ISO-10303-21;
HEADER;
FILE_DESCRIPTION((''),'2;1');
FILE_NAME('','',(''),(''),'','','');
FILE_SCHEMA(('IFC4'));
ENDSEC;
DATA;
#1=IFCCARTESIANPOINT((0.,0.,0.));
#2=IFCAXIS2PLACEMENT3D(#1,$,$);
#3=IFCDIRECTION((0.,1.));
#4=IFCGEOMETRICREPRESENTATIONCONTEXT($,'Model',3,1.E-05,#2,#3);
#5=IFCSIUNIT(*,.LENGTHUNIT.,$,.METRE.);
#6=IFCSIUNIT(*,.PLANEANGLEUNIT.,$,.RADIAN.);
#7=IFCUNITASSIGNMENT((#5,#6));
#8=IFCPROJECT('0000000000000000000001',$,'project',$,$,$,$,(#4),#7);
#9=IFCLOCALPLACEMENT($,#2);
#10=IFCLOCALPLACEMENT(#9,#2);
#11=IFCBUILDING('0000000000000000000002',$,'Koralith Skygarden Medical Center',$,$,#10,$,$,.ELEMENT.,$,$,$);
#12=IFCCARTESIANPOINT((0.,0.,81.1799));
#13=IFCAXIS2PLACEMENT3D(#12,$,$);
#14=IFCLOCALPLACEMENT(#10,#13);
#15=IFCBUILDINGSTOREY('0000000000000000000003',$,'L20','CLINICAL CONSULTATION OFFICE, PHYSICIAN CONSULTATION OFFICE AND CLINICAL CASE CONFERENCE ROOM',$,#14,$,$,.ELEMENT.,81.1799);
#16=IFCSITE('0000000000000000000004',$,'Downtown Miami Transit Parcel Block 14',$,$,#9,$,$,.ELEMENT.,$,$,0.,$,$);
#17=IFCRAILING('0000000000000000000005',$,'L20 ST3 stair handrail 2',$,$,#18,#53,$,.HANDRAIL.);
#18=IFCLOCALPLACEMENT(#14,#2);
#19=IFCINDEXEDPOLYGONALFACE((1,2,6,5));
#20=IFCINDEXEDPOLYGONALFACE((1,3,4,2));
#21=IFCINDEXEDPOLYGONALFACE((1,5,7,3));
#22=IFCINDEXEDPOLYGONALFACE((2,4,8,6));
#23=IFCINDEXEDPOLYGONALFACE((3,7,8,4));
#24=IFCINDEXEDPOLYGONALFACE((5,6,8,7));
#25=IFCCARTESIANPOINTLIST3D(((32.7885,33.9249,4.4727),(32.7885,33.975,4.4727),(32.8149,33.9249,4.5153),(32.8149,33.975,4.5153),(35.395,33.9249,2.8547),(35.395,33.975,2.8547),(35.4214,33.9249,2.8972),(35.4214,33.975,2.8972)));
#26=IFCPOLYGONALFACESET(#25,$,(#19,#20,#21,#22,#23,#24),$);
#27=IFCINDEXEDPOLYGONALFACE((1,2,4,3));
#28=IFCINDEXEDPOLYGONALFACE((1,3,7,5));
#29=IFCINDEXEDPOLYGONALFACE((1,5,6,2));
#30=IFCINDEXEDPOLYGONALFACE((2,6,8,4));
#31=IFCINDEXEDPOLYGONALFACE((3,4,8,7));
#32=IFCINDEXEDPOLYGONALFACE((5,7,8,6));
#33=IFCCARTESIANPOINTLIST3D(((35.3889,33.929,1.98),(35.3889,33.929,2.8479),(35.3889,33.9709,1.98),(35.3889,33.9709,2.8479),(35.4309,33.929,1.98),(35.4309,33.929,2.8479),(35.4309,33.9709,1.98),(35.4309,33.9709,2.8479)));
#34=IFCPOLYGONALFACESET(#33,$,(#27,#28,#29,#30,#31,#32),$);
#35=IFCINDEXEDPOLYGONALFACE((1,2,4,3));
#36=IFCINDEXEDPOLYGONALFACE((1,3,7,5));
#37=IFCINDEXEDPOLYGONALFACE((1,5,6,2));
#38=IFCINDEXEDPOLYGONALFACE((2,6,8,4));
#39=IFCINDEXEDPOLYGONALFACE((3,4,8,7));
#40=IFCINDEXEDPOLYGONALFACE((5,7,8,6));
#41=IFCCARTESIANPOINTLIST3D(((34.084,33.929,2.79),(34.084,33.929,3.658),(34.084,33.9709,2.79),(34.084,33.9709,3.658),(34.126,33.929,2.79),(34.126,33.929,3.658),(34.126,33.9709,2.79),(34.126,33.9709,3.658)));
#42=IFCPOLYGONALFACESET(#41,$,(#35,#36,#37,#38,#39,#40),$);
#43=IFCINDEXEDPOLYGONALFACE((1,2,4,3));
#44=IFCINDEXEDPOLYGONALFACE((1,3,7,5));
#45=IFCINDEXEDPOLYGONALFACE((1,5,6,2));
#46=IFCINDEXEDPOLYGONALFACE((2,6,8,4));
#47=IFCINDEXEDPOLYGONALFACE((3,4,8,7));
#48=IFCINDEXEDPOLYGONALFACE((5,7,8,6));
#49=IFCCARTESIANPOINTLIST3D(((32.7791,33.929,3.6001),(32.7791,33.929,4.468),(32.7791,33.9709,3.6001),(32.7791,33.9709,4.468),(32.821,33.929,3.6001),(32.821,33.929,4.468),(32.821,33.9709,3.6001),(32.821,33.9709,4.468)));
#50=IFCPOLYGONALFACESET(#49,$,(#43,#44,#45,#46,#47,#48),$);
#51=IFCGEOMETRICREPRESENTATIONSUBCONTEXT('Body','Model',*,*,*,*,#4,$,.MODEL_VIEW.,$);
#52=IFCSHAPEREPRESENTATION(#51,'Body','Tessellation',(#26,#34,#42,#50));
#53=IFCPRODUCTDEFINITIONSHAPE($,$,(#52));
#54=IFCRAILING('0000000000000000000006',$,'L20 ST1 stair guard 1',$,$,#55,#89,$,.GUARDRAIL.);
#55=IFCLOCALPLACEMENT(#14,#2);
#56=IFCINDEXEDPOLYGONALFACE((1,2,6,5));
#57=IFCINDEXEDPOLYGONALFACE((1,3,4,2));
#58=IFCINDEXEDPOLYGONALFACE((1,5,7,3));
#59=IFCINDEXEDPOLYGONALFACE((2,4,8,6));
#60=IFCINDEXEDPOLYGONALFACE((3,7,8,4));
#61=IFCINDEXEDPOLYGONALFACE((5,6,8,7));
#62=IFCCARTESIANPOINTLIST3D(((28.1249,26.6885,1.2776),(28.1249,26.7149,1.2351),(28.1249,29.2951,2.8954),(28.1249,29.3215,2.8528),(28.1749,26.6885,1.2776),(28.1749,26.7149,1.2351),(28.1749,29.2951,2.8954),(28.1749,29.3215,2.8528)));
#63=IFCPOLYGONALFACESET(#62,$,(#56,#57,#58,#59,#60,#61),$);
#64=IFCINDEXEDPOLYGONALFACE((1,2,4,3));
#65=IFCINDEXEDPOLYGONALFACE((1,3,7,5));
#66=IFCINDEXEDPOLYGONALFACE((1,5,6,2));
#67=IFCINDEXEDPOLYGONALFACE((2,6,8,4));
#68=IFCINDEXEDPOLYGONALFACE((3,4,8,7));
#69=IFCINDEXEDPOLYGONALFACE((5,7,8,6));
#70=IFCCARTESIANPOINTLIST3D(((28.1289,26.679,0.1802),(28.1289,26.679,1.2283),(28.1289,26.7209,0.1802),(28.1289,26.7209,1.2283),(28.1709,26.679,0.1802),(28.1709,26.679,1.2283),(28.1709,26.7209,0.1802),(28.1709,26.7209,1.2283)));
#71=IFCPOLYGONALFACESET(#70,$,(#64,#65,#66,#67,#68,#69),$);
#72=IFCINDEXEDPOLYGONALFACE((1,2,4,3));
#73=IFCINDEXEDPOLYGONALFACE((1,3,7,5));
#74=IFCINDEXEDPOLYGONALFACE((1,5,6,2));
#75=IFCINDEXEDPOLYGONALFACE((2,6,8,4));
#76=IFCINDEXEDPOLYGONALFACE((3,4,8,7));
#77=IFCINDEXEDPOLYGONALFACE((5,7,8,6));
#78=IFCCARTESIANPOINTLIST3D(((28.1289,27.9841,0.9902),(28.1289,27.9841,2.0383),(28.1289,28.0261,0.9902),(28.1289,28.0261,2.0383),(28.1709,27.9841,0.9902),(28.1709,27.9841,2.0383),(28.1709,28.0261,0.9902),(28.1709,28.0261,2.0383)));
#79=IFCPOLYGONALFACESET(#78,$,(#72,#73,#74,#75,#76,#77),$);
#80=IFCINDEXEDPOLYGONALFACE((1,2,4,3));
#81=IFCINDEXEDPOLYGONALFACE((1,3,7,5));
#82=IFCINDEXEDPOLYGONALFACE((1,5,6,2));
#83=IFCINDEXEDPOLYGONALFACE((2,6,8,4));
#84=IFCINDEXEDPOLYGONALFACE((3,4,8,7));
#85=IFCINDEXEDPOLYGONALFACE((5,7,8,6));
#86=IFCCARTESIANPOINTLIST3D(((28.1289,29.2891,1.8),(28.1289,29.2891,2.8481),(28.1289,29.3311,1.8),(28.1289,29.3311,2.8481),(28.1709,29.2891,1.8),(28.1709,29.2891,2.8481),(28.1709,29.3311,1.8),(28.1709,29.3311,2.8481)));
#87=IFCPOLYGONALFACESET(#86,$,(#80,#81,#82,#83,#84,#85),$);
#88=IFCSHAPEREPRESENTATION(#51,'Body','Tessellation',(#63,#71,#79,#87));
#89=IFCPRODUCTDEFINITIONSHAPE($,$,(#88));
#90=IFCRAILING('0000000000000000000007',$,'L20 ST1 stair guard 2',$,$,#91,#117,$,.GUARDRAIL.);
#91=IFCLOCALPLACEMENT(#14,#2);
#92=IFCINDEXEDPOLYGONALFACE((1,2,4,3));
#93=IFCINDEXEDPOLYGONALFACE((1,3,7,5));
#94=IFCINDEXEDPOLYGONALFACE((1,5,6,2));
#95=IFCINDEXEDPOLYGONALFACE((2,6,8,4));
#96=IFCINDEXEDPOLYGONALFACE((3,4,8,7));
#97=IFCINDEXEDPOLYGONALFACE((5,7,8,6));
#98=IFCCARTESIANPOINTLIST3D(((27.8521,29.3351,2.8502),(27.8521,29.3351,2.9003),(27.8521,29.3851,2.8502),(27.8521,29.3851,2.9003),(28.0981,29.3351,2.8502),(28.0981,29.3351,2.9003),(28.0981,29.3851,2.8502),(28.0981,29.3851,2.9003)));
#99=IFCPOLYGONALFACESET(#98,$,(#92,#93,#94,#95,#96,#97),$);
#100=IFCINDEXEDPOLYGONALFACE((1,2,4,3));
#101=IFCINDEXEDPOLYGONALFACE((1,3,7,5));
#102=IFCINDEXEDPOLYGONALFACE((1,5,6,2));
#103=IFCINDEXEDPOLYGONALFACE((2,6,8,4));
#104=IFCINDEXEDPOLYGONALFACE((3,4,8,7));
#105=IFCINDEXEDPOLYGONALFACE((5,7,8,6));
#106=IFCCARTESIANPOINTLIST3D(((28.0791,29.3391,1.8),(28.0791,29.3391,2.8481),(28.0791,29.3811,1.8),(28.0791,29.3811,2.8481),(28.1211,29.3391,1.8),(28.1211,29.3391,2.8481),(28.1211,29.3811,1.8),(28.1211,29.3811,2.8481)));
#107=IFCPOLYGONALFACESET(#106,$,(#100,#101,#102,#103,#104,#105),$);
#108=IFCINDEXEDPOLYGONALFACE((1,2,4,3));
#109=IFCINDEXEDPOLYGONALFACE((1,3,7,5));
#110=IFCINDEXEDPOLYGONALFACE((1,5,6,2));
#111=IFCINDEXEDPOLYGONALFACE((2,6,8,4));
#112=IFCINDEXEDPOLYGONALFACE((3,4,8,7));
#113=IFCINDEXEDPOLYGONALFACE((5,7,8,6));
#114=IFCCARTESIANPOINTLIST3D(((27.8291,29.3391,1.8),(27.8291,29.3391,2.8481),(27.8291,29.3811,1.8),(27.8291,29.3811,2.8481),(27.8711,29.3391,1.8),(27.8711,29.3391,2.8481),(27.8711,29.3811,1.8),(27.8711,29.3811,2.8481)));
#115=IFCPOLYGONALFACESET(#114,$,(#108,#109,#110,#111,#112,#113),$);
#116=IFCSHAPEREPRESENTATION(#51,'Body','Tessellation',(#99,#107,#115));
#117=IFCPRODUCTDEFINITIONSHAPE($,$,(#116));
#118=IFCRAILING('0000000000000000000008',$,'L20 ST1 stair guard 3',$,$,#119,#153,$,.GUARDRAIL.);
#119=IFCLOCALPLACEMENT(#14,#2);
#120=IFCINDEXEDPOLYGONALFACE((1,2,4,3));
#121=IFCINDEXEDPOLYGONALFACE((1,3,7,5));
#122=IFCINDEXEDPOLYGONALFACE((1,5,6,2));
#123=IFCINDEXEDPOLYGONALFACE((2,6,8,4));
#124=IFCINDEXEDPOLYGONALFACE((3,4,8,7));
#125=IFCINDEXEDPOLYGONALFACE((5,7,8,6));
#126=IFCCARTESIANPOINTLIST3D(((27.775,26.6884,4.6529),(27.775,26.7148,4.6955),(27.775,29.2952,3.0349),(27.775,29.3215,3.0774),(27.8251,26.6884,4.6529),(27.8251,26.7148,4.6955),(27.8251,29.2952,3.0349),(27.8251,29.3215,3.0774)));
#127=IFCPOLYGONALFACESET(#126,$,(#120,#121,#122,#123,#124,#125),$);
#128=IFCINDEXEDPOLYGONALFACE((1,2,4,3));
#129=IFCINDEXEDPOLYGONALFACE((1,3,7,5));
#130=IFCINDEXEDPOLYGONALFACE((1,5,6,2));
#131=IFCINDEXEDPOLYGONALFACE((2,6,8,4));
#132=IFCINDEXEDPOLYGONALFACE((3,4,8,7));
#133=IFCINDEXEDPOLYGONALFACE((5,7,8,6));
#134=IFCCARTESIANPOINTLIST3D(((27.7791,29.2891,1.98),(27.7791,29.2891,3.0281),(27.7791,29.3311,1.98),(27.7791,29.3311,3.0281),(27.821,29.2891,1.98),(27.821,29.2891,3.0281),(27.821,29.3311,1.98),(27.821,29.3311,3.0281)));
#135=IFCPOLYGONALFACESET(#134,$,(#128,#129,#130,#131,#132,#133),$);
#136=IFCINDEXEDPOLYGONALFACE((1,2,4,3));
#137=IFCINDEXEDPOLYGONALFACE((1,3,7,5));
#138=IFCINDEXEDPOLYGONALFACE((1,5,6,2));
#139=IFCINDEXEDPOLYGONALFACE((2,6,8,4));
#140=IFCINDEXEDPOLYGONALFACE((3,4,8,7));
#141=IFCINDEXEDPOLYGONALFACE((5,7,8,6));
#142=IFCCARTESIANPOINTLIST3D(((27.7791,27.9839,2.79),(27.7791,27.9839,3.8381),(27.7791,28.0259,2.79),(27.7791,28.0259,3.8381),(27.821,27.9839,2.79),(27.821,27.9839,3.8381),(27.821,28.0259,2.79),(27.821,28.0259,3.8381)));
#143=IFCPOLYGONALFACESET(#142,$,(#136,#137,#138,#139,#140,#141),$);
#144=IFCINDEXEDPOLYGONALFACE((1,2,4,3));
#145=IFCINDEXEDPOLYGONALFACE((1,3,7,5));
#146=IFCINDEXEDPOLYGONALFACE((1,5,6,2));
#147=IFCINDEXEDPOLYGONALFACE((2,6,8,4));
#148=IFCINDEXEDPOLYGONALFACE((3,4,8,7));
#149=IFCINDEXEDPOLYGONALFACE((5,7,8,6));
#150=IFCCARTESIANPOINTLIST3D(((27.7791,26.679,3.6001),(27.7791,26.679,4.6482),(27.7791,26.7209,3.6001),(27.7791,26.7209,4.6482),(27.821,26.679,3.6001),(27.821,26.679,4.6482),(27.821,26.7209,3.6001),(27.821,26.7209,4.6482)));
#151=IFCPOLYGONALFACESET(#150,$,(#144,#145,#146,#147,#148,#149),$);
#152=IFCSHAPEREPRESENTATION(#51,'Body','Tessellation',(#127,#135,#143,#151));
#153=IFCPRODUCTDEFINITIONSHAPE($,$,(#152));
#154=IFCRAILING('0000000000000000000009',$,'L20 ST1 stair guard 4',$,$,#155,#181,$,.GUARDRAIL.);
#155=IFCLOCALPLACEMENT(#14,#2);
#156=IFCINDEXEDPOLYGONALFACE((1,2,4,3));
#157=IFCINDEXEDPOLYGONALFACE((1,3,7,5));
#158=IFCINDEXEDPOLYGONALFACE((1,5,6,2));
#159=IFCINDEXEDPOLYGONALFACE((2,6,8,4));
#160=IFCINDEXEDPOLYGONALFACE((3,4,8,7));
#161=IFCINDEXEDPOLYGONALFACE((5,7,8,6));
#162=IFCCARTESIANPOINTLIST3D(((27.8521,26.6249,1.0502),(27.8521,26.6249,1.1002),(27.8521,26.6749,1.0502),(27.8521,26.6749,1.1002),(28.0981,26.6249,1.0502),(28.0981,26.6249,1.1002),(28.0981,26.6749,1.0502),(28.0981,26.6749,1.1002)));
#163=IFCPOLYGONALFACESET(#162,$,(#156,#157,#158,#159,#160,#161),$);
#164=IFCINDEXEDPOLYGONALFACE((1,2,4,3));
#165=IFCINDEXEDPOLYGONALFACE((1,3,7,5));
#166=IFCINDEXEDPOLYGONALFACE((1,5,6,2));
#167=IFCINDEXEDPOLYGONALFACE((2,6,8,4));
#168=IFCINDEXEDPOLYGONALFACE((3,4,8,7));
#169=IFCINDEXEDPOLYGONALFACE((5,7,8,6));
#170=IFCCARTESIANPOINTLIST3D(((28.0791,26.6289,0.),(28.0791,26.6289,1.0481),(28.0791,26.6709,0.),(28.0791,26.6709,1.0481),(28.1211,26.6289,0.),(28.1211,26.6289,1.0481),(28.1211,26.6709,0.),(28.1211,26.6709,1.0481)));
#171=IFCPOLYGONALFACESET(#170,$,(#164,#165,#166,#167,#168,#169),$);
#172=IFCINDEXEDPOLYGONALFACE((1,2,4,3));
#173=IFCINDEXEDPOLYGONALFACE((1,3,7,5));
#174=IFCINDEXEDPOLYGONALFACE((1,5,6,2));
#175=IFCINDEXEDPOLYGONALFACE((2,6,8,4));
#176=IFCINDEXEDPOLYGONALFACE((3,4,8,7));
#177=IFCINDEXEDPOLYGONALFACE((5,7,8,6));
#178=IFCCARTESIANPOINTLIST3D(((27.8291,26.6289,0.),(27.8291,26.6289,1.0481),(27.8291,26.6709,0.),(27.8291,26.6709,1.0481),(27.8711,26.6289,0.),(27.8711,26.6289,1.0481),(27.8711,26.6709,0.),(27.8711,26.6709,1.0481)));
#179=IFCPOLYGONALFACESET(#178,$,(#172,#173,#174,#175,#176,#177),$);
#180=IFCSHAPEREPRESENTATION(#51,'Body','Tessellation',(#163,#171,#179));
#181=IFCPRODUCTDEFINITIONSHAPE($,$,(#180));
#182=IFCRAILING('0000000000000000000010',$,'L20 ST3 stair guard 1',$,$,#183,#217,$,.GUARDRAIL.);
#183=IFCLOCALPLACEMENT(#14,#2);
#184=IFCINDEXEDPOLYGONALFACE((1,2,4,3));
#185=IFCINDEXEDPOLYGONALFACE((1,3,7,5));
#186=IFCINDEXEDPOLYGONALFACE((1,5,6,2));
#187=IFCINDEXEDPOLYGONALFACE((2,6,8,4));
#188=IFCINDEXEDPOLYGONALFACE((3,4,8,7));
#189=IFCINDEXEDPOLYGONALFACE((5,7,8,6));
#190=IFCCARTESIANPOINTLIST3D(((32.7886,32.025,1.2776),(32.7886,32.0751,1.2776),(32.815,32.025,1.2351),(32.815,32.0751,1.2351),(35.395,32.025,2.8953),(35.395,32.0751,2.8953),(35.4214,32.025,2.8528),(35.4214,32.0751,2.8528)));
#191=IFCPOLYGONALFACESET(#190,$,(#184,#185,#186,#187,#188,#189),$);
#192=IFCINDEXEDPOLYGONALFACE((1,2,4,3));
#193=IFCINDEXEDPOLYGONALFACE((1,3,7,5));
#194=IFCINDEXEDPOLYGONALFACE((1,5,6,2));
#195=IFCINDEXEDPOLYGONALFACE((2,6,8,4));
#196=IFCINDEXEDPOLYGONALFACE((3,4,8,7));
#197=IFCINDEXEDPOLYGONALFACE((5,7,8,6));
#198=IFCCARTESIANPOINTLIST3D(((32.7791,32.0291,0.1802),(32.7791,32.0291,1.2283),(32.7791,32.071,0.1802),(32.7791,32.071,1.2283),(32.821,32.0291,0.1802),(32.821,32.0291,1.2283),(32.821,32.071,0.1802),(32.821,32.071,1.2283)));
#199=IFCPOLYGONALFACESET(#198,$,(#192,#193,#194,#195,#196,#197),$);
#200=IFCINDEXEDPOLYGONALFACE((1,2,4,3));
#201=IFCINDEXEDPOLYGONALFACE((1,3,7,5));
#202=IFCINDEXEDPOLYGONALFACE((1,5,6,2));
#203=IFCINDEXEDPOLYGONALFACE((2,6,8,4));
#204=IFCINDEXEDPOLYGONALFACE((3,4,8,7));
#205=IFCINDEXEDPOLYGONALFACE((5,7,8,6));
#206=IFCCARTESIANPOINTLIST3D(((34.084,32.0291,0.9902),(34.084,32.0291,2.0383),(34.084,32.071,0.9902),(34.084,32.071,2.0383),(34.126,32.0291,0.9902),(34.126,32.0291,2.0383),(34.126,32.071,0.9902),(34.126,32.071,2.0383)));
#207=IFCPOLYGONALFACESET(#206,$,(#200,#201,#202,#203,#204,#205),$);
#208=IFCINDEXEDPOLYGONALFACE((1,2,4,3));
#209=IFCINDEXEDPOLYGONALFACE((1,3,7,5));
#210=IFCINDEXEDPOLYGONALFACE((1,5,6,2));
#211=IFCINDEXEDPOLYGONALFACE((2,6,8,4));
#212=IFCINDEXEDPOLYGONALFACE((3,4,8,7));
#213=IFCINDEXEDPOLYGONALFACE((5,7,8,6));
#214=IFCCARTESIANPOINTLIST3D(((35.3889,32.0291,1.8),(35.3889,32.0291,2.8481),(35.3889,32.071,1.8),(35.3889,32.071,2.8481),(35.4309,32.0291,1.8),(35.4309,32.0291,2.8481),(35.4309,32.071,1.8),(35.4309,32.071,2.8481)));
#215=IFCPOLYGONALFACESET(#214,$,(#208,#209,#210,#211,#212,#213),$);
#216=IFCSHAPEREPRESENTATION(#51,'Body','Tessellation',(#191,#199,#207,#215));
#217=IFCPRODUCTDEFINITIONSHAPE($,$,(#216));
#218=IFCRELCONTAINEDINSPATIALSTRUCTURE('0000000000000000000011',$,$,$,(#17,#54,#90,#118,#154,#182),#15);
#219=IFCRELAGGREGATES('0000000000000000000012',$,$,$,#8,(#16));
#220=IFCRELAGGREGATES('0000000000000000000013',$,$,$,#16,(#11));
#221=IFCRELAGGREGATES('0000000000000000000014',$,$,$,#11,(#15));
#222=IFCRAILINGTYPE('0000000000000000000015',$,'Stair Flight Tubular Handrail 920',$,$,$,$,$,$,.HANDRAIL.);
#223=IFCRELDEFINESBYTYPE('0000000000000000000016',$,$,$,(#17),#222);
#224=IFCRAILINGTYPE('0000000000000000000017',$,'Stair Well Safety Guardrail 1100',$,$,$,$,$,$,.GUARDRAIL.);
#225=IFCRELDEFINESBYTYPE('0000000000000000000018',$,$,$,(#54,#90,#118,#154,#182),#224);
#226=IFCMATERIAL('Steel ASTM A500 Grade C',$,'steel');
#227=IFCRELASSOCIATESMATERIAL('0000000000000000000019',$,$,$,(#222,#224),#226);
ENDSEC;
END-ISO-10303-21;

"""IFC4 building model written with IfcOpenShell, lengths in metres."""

from ifc_helpers import new_model, si_unit, direction, frame, origin, origin_2d, place, context, subcontext, project, spatial, rectangle, extrude, material, type_object, element, save


model = new_model("IFC4")

# Units and contexts
model_context = context("Model", 3, precision=1e-05, world=origin(), true_north=direction((0.0, 1.0)))
body_context = subcontext(model_context, "Body", "Model", "MODEL_VIEW")
ifc_project = project(units=[si_unit("LENGTHUNIT", "METRE"), si_unit("PLANEANGLEUNIT", "RADIAN")], contexts=[model_context])

# Site, building, storey
site_placement = place(None, origin())
site = spatial("IfcSite", under=ifc_project, at=site_placement, Name="Downtown Miami Transit Parcel Block 14", CompositionType="ELEMENT", RefElevation=0.0)
building_placement = place(site_placement, origin())
building = spatial("IfcBuilding", under=site, at=building_placement, Name="Koralith Skygarden Medical Center", CompositionType="ELEMENT")
storey_placement = place(building_placement, frame((0.0, 0.0, 81.1799)))
storey = spatial("IfcBuildingStorey", under=building, at=storey_placement, Name="L20", Description="CLINICAL CONSULTATION OFFICE, PHYSICIAN CONSULTATION OFFICE AND CLINICAL CASE CONFERENCE ROOM", CompositionType="ELEMENT", Elevation=81.1799)

# Railings
ifc_material_1 = material(Name="Steel ASTM A500 Grade C", Category="steel")
railing_type_1 = type_object("IfcRailingType", Name="Stair Flight Tubular Handrail 920", PredefinedType="HANDRAIL", material=ifc_material_1)
railing_1_placement = place(storey_placement, frame((35.4099, 33.95, 1.98)))
element("IfcRailing", 1, at=railing_1_placement, inside=storey, type_object=railing_type_1, Name="L20 ST3 stair handrail 2", PredefinedType="HANDRAIL", context=body_context, shape_type="SweptSolid", body=[
    extrude(rectangle(XDim=0.05, YDim=0.05, at=origin_2d()), frame((-0.0017, 0.0, 0.896), z_axis=(-0.849611, 0.0, 0.52741), x_axis=(0.0, -1.0, 0.0)), (0.0, 0.0, 1.0), 3.0679),
    extrude(rectangle(XDim=0.042, YDim=0.042, at=origin_2d()), origin(), (0.0, 0.0, 1.0), 0.8679),
    extrude(rectangle(XDim=0.042, YDim=0.042, at=origin_2d()), frame((-1.3049, 0.0, 0.8101)), (0.0, 0.0, 1.0), 0.8679),
    extrude(rectangle(XDim=0.042, YDim=0.042, at=origin_2d()), frame((-2.6099, 0.0, 1.6201)), (0.0, 0.0, 1.0), 0.8679),
])
railing_type_2 = type_object("IfcRailingType", Name="Stair Well Safety Guardrail 1100", PredefinedType="GUARDRAIL", material=ifc_material_1)
railing_2_placement = place(storey_placement, frame((28.1499, 26.7, 0.1802)))
element("IfcRailing", 2, at=railing_2_placement, inside=storey, type_object=railing_type_2, Name="L20 ST1 stair guard 1", PredefinedType="GUARDRAIL", context=body_context, shape_type="SweptSolid", body=[
    extrude(rectangle(XDim=0.05, YDim=0.05, at=origin_2d()), frame((0.0, 0.0017, 1.0762), z_axis=(0.0, 0.849668, 0.527317), x_axis=(-1.0, 0.0, 0.0)), (0.0, 0.0, 1.0), 3.0679),
    extrude(rectangle(XDim=0.042, YDim=0.042, at=origin_2d()), origin(), (0.0, 0.0, 1.0), 1.0481),
    extrude(rectangle(XDim=0.042, YDim=0.042, at=origin_2d()), frame((0.0, 1.3052, 0.8101)), (0.0, 0.0, 1.0), 1.0481),
    extrude(rectangle(XDim=0.042, YDim=0.042, at=origin_2d()), frame((0.0, 2.6101, 1.6199)), (0.0, 0.0, 1.0), 1.0481),
])
railing_3_placement = place(storey_placement, frame((28.1001, 29.3601, 1.8)))
element("IfcRailing", 3, at=railing_3_placement, inside=storey, type_object=railing_type_2, Name="L20 ST1 stair guard 2", PredefinedType="GUARDRAIL", context=body_context, shape_type="SweptSolid", body=[
    extrude(rectangle(XDim=0.05, YDim=0.05, at=origin_2d()), frame((-0.002, 0.0, 1.0752), z_axis=(-1.0, 0.0, 0.0), x_axis=(0.0, -1.0, 0.0)), (0.0, 0.0, 1.0), 0.2461),
    extrude(rectangle(XDim=0.042, YDim=0.042, at=origin_2d()), origin(), (0.0, 0.0, 1.0), 1.0481),
    extrude(rectangle(XDim=0.042, YDim=0.042, at=origin_2d()), frame((-0.25, 0.0, 0.0)), (0.0, 0.0, 1.0), 1.0481),
])
railing_4_placement = place(storey_placement, frame((27.8, 29.3101, 1.98)))
element("IfcRailing", 4, at=railing_4_placement, inside=storey, type_object=railing_type_2, Name="L20 ST1 stair guard 3", PredefinedType="GUARDRAIL", context=body_context, shape_type="SweptSolid", body=[
    extrude(rectangle(XDim=0.05, YDim=0.05, at=origin_2d()), frame((0.0, -0.0017, 1.0762), z_axis=(0.0, -0.849633, 0.527375), x_axis=(1.0, 0.0, 0.0)), (0.0, 0.0, 1.0), 3.0681),
    extrude(rectangle(XDim=0.042, YDim=0.042, at=origin_2d()), origin(), (0.0, 0.0, 1.0), 1.0481),
    extrude(rectangle(XDim=0.042, YDim=0.042, at=origin_2d()), frame((0.0, -1.3052, 0.8101)), (0.0, 0.0, 1.0), 1.0481),
    extrude(rectangle(XDim=0.042, YDim=0.042, at=origin_2d()), frame((0.0, -2.6101, 1.6201)), (0.0, 0.0, 1.0), 1.0481),
])
railing_5_placement = place(storey_placement, frame((28.1001, 26.6499, 0.0)))
element("IfcRailing", 5, at=railing_5_placement, inside=storey, type_object=railing_type_2, Name="L20 ST1 stair guard 4", PredefinedType="GUARDRAIL", context=body_context, shape_type="SweptSolid", body=[
    extrude(rectangle(XDim=0.05, YDim=0.05, at=origin_2d()), frame((-0.002, 0.0, 1.0752), z_axis=(-1.0, 0.0, 0.0), x_axis=(0.0, -1.0, 0.0)), (0.0, 0.0, 1.0), 0.2461),
    extrude(rectangle(XDim=0.042, YDim=0.042, at=origin_2d()), origin(), (0.0, 0.0, 1.0), 1.0481),
    extrude(rectangle(XDim=0.042, YDim=0.042, at=origin_2d()), frame((-0.25, 0.0, 0.0)), (0.0, 0.0, 1.0), 1.0481),
])
railing_6_placement = place(storey_placement, frame((32.8, 32.05, 0.1802)))
element("IfcRailing", 6, at=railing_6_placement, inside=storey, type_object=railing_type_2, Name="L20 ST3 stair guard 1", PredefinedType="GUARDRAIL", context=body_context, shape_type="SweptSolid", body=[
    extrude(rectangle(XDim=0.05, YDim=0.05, at=origin_2d()), frame((0.0017, 0.0, 1.0762), z_axis=(0.849646, 0.0, 0.527353), x_axis=(0.0, 1.0, 0.0)), (0.0, 0.0, 1.0), 3.0676),
    extrude(rectangle(XDim=0.042, YDim=0.042, at=origin_2d()), origin(), (0.0, 0.0, 1.0), 1.0481),
    extrude(rectangle(XDim=0.042, YDim=0.042, at=origin_2d()), frame((1.3049, 0.0, 0.8101)), (0.0, 0.0, 1.0), 1.0481),
    extrude(rectangle(XDim=0.042, YDim=0.042, at=origin_2d()), frame((2.6099, 0.0, 1.6199)), (0.0, 0.0, 1.0), 1.0481),
])

save(model, "model.ifc")
